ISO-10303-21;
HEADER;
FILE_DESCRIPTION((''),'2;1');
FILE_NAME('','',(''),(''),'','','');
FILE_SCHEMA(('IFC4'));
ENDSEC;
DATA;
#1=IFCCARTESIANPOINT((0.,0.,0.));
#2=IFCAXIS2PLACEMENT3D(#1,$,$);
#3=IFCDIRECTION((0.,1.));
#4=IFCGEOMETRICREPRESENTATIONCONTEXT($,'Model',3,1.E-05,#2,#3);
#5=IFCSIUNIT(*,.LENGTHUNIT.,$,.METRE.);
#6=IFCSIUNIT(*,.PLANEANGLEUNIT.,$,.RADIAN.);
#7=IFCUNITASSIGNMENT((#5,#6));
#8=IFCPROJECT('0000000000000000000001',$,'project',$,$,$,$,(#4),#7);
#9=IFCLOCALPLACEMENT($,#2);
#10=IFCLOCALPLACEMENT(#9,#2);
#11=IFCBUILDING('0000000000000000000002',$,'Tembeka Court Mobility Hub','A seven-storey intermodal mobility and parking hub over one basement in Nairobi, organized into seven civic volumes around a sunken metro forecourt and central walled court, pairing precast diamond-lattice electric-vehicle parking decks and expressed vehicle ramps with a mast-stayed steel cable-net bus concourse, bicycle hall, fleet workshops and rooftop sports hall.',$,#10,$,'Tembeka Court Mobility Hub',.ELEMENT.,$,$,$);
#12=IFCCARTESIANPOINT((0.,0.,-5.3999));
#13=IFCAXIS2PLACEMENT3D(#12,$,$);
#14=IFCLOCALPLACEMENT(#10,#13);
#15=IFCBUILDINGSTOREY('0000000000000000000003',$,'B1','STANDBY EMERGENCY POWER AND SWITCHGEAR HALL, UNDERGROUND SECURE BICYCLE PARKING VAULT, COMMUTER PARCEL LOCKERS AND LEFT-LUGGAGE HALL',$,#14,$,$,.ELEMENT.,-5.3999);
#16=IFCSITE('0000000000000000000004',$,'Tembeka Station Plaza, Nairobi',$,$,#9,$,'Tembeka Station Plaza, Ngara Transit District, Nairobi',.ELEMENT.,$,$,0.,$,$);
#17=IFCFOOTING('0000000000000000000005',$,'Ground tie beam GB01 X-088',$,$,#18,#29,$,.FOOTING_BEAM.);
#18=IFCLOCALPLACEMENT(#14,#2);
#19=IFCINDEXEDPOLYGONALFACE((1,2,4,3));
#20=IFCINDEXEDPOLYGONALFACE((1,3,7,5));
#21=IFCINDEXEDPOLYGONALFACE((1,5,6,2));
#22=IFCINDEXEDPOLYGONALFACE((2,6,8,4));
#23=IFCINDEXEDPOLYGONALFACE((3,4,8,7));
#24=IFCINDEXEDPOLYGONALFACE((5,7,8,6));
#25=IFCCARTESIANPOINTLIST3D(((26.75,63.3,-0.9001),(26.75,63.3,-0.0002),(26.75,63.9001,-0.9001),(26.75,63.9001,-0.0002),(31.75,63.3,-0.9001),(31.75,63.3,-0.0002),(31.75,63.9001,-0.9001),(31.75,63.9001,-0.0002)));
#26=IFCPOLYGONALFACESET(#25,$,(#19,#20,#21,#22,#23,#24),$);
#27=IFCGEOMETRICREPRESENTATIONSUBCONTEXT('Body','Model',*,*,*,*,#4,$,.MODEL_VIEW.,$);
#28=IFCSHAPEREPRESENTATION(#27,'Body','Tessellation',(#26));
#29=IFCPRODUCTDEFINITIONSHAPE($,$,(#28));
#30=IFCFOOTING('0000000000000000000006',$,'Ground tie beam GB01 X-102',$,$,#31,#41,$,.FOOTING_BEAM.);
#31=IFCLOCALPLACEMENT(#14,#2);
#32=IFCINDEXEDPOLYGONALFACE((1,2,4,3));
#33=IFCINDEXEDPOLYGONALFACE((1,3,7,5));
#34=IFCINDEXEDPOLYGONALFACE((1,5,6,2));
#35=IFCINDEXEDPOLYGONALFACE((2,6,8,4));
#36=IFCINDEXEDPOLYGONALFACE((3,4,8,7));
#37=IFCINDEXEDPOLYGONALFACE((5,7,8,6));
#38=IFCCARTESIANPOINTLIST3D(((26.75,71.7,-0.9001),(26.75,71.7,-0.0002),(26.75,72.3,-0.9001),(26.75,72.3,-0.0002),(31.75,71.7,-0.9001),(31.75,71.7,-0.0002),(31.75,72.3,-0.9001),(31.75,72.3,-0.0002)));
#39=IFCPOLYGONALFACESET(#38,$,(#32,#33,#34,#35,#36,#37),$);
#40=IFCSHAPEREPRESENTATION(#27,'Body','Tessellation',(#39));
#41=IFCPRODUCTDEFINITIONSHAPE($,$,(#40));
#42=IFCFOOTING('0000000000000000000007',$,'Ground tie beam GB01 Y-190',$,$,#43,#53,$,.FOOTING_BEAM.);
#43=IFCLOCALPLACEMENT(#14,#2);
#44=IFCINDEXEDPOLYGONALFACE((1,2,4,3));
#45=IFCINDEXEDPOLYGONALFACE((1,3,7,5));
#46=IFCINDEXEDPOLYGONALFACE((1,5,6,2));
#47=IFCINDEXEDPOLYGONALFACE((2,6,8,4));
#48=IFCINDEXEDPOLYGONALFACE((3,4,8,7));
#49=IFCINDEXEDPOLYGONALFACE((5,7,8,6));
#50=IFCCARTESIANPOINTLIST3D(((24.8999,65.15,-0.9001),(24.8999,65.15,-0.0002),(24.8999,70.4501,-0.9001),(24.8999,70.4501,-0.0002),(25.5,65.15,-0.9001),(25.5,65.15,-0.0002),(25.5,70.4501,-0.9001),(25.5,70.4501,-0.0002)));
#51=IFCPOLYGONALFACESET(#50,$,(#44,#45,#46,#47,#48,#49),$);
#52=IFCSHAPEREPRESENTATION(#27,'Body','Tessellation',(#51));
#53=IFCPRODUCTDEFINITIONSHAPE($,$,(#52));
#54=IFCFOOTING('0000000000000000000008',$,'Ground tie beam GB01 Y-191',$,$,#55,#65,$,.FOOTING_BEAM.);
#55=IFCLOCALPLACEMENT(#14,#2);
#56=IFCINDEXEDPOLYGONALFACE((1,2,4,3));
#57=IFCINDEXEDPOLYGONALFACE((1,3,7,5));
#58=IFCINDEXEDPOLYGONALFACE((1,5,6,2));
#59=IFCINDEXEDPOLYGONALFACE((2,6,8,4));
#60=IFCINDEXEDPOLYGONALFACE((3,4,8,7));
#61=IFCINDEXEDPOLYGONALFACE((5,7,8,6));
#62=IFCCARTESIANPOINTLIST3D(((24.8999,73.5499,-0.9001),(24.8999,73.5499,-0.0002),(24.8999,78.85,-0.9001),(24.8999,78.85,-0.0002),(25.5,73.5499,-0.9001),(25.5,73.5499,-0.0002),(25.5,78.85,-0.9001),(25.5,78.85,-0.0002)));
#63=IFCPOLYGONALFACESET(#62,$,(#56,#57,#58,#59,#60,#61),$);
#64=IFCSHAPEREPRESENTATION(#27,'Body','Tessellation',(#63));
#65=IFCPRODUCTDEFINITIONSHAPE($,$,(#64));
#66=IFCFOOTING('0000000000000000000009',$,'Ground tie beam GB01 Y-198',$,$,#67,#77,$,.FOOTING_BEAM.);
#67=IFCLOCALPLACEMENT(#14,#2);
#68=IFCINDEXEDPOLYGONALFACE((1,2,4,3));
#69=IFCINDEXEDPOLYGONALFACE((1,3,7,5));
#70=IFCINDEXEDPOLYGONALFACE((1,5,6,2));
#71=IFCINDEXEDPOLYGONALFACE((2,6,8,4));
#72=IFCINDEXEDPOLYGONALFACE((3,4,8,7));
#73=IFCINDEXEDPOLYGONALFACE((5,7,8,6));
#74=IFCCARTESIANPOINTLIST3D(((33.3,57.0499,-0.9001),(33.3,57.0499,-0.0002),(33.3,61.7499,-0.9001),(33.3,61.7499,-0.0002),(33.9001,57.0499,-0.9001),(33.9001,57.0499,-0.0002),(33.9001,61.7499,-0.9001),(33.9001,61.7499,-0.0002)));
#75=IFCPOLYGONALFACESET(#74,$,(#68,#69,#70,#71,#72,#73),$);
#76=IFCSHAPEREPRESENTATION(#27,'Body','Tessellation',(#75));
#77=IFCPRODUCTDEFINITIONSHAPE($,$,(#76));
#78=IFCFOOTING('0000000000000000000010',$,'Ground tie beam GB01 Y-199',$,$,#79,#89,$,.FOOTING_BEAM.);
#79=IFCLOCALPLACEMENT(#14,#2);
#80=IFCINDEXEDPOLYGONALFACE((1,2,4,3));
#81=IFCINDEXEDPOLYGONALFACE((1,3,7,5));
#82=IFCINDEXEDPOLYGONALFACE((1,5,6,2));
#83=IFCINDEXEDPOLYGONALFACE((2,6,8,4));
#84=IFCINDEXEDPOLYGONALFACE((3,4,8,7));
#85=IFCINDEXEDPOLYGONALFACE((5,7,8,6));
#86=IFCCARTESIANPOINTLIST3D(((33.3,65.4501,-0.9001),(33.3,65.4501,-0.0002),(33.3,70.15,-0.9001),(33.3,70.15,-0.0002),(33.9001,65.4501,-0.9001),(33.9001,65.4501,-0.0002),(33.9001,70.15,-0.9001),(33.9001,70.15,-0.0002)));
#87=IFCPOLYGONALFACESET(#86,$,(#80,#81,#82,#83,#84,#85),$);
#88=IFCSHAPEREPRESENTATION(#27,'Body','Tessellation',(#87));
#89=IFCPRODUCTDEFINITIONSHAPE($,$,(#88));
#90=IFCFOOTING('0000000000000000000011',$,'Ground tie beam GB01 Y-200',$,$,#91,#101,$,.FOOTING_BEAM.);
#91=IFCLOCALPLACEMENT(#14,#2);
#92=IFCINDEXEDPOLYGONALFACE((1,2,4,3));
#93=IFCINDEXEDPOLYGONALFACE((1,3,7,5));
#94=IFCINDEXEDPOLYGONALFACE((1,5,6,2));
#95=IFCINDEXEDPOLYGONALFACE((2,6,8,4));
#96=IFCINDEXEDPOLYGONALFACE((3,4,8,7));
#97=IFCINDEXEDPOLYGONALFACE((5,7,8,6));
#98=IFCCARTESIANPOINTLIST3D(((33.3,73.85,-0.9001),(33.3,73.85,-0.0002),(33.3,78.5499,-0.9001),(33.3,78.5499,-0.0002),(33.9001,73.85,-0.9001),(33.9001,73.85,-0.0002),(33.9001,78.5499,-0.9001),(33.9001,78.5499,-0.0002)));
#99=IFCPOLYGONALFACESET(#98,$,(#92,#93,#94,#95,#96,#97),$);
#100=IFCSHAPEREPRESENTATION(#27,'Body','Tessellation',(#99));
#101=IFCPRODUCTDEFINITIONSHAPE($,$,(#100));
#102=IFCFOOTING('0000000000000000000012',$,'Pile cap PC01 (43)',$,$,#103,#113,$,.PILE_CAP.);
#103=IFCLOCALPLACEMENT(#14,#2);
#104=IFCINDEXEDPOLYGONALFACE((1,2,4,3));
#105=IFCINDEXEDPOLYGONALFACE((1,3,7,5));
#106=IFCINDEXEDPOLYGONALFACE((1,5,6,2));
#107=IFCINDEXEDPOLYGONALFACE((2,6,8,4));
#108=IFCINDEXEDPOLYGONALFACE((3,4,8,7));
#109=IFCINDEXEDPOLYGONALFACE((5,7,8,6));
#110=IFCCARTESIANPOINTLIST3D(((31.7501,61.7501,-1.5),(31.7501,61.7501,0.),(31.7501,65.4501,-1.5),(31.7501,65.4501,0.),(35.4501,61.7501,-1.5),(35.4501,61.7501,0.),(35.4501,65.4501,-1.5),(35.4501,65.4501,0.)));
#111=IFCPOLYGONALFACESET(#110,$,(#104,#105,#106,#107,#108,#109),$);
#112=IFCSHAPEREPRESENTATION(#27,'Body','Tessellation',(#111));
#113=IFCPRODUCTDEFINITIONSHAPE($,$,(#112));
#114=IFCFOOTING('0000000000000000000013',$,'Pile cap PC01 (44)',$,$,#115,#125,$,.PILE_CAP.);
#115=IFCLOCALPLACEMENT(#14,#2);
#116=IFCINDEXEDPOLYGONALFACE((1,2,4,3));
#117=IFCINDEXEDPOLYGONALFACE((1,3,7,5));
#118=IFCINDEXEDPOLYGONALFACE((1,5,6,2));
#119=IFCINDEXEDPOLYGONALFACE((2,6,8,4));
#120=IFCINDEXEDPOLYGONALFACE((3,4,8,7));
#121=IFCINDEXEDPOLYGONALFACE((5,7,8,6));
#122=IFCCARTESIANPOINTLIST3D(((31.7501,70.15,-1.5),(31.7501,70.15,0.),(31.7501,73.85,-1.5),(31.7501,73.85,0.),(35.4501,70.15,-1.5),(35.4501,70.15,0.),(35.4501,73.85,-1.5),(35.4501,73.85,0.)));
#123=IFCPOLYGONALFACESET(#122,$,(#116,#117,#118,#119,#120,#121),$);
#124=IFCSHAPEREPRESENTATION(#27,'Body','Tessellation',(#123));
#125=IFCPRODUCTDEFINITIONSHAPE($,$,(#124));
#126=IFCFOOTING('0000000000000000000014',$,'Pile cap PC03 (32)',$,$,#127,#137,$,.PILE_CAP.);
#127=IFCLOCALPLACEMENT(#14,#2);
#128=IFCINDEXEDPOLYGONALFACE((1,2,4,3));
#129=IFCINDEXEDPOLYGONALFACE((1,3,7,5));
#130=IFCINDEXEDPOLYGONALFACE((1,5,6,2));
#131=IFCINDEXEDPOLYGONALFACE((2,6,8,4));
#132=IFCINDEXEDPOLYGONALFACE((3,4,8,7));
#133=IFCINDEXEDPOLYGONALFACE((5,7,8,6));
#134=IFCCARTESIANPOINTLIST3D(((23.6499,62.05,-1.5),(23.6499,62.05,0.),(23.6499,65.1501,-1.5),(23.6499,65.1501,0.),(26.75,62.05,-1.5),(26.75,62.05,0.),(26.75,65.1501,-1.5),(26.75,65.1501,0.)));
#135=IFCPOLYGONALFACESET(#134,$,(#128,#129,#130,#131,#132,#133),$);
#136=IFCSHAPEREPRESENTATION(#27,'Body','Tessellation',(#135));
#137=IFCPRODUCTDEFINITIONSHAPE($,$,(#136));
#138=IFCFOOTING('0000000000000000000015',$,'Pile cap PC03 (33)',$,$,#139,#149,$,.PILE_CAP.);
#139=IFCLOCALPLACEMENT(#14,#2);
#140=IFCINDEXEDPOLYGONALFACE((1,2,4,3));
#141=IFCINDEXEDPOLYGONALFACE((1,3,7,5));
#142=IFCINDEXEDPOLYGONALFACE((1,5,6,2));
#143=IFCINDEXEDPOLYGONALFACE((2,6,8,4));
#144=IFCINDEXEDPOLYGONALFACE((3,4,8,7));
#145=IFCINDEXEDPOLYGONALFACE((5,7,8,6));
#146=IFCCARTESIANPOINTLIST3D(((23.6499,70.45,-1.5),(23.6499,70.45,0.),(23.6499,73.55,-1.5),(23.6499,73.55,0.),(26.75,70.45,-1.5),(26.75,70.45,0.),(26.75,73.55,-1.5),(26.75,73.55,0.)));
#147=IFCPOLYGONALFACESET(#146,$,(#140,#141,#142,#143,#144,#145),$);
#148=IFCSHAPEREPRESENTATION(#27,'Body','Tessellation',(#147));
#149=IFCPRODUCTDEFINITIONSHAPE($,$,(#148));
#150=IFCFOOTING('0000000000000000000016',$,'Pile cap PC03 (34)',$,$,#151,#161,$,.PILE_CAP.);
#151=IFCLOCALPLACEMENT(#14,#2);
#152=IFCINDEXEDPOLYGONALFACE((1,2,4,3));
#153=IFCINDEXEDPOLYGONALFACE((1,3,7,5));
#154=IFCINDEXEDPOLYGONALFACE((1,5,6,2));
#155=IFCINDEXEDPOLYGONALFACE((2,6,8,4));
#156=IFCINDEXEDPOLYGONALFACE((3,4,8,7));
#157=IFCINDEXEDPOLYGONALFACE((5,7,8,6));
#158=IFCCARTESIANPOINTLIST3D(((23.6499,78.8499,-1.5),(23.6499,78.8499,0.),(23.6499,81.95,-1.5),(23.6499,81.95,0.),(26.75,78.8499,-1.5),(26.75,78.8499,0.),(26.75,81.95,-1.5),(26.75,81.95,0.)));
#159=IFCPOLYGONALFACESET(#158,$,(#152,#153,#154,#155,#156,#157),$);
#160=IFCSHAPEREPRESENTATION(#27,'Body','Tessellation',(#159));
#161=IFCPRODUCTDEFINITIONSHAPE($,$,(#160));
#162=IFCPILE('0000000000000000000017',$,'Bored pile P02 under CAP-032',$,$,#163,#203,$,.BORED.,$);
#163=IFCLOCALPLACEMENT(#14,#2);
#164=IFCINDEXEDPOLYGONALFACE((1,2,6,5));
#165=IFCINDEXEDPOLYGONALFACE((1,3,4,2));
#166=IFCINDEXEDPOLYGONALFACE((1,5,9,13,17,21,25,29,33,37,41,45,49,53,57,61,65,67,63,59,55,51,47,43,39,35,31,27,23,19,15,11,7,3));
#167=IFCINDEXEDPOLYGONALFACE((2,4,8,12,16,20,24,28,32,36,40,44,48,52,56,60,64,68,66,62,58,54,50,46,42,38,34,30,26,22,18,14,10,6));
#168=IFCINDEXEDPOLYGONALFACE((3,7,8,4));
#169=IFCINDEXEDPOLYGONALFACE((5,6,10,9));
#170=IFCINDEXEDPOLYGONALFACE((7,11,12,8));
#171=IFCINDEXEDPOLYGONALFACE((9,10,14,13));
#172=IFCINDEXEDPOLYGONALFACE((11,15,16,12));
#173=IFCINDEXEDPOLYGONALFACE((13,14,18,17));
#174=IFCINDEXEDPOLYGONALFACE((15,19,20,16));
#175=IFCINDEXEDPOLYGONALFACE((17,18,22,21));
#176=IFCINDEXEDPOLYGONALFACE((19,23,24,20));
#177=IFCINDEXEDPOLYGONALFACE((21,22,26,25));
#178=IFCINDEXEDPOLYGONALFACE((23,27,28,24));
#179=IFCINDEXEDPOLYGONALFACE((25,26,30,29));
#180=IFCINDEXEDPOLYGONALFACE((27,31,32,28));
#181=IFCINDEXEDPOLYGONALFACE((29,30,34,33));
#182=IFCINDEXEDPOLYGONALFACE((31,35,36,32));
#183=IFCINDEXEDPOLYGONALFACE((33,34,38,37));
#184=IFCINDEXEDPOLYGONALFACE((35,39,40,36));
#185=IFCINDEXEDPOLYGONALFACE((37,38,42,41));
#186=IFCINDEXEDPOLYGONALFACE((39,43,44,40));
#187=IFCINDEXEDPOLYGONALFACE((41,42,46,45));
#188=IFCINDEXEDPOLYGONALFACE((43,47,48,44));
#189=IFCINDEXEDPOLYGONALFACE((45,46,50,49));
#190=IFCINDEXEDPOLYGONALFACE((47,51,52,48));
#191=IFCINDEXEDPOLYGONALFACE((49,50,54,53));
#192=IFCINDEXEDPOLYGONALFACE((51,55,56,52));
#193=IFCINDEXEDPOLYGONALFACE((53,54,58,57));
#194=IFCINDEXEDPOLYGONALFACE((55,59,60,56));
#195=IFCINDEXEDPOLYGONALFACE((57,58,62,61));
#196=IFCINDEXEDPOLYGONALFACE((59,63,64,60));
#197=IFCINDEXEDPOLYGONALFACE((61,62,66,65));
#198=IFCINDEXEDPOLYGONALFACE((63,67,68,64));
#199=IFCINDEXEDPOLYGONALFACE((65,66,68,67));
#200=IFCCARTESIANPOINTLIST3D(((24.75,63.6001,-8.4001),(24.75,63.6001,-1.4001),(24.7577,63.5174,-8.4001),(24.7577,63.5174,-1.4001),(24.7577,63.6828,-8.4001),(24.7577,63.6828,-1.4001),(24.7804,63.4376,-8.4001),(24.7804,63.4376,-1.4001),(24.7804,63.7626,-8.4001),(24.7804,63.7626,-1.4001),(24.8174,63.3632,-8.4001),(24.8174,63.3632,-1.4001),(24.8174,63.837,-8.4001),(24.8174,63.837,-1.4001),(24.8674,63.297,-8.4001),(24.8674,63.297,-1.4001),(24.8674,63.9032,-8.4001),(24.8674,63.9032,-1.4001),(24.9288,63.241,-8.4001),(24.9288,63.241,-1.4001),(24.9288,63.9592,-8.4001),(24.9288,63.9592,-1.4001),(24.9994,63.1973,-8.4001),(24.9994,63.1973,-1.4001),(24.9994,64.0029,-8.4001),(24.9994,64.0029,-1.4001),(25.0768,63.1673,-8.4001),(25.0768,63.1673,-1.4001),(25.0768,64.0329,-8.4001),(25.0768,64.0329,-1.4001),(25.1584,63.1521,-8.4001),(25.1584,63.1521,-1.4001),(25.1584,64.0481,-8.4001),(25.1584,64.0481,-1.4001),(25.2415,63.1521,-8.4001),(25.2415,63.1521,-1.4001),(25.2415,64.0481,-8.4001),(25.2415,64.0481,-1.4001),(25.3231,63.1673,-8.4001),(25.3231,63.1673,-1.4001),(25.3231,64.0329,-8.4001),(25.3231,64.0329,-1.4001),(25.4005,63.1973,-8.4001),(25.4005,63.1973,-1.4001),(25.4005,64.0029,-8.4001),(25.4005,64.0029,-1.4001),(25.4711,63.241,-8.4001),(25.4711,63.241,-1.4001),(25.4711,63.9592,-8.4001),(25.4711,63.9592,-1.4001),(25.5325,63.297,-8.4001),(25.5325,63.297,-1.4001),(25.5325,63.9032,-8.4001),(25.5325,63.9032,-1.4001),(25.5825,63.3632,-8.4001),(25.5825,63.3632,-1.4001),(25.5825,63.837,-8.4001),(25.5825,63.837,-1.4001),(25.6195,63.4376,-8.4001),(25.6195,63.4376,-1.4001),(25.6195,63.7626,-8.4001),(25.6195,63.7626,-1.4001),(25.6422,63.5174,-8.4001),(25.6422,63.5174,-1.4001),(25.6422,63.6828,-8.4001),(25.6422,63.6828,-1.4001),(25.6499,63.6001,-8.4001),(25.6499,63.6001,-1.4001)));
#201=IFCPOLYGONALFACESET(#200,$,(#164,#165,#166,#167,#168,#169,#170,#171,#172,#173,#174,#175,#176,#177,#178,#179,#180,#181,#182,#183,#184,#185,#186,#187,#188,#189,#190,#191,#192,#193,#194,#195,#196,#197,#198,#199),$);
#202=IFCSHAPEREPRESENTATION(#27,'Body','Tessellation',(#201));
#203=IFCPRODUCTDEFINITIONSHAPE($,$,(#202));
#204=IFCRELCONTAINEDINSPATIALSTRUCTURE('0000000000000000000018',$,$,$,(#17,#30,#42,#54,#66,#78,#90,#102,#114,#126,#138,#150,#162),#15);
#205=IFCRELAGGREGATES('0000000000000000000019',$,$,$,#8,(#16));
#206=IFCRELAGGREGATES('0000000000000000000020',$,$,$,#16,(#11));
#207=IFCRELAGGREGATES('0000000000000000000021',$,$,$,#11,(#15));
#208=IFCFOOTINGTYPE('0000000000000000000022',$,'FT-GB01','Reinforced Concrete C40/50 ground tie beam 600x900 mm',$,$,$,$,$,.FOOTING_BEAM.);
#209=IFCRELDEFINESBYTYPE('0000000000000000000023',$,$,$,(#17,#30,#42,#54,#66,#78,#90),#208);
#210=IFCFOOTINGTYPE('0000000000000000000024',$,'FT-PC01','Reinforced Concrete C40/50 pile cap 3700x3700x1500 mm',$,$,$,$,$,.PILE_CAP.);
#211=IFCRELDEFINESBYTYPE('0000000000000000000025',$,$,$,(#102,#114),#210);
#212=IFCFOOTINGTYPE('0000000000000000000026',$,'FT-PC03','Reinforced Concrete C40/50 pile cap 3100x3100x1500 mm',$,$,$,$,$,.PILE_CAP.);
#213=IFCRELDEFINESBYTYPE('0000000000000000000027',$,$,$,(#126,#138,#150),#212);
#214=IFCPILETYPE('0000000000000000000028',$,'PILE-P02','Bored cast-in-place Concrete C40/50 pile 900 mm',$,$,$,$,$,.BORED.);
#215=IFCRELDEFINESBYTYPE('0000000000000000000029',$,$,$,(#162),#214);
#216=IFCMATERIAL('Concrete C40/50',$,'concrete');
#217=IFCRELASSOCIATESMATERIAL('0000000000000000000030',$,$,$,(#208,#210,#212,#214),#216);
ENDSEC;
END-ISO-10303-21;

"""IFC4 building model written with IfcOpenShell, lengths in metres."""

from ifc_helpers import new_model, si_unit, direction, frame, origin, origin_2d, place, context, subcontext, project, spatial, rectangle, circle, extrude, material, material_profile, profile_set, type_object, element, save


model = new_model("IFC4")

# Units and contexts
model_context = context("Model", 3, precision=1e-05, world=origin(), true_north=direction((0.0, 1.0)))
body_context = subcontext(model_context, "Body", "Model", "MODEL_VIEW")
ifc_project = project(units=[si_unit("LENGTHUNIT", "METRE"), si_unit("PLANEANGLEUNIT", "RADIAN")], contexts=[model_context])

# Site, building, storey
site_placement = place(None, origin())
site = spatial("IfcSite", under=ifc_project, at=site_placement, Name="Tembeka Station Plaza, Nairobi", LongName="Tembeka Station Plaza, Ngara Transit District, Nairobi", CompositionType="ELEMENT", RefElevation=0.0)
building_placement = place(site_placement, origin())
building = spatial("IfcBuilding", under=site, at=building_placement, Name="Tembeka Court Mobility Hub", Description="A seven-storey intermodal mobility and parking hub over one basement in Nairobi, organized into seven civic volumes around a sunken metro forecourt and central walled court, pairing precast diamond-lattice electric-vehicle parking decks and expressed vehicle ramps with a mast-stayed steel cable-net bus concourse, bicycle hall, fleet workshops and rooftop sports hall.", LongName="Tembeka Court Mobility Hub", CompositionType="ELEMENT")
storey_placement = place(building_placement, frame((0.0, 0.0, -5.3999)))
storey = spatial("IfcBuildingStorey", under=building, at=storey_placement, Name="B1", Description="STANDBY EMERGENCY POWER AND SWITCHGEAR HALL, UNDERGROUND SECURE BICYCLE PARKING VAULT, COMMUTER PARCEL LOCKERS AND LEFT-LUGGAGE HALL", CompositionType="ELEMENT", Elevation=-5.3999)

# Footings
ifc_material_1 = material(Name="Concrete C40/50", Category="concrete")
footing_type_1 = type_object("IfcFootingType", Name="FT-GB01", Description="Reinforced Concrete C40/50 ground tie beam 600x900 mm", PredefinedType="FOOTING_BEAM", material=ifc_material_1)
for number, where, z_axis, x_axis, name in (
    (1, (29.25, 63.6001, -0.9001), (0.0, 0.0, 1.0), (1.0, 0.0, 0.0), "Ground tie beam GB01 X-088"),
    (2, (29.25, 72.0, -0.9001), (0.0, 0.0, 1.0), (1.0, 0.0, 0.0), "Ground tie beam GB01 X-102"),
):
    element("IfcFooting", number, at=place(storey_placement, frame(where, z_axis=z_axis, x_axis=x_axis)), inside=storey, type_object=footing_type_1, Name=name, PredefinedType="FOOTING_BEAM", context=body_context, shape_type="SweptSolid", body=[
        extrude(rectangle(XDim=5.0, YDim=0.6001, at=origin_2d()), origin(), (0.0, 0.0, 1.0), 0.8999),
    ])
for number, where, z_axis, x_axis, name in (
    (3, (25.2, 67.8, -0.9001), (0.0, 0.0, 1.0), (0.0, 1.0, 0.0), "Ground tie beam GB01 Y-190"),
    (4, (25.2, 76.2, -0.9001), (0.0, 0.0, 1.0), (0.0, 1.0, 0.0), "Ground tie beam GB01 Y-191"),
):
    element("IfcFooting", number, at=place(storey_placement, frame(where, z_axis=z_axis, x_axis=x_axis)), inside=storey, type_object=footing_type_1, Name=name, PredefinedType="FOOTING_BEAM", context=body_context, shape_type="SweptSolid", body=[
        extrude(rectangle(XDim=5.3, YDim=0.6001, at=origin_2d()), origin(), (0.0, 0.0, 1.0), 0.8999),
    ])
for number, where, z_axis, x_axis, name in (
    (5, (33.6001, 59.3999, -0.9001), (0.0, 0.0, 1.0), (0.0, 1.0, 0.0), "Ground tie beam GB01 Y-198"),
    (6, (33.6001, 67.8, -0.9001), (0.0, 0.0, 1.0), (0.0, 1.0, 0.0), "Ground tie beam GB01 Y-199"),
    (7, (33.6001, 76.2, -0.9001), (0.0, 0.0, 1.0), (0.0, 1.0, 0.0), "Ground tie beam GB01 Y-200"),
):
    element("IfcFooting", number, at=place(storey_placement, frame(where, z_axis=z_axis, x_axis=x_axis)), inside=storey, type_object=footing_type_1, Name=name, PredefinedType="FOOTING_BEAM", context=body_context, shape_type="SweptSolid", body=[
        extrude(rectangle(XDim=4.7, YDim=0.6001, at=origin_2d()), origin(), (0.0, 0.0, 1.0), 0.8999),
    ])
footing_type_2 = type_object("IfcFootingType", Name="FT-PC01", Description="Reinforced Concrete C40/50 pile cap 3700x3700x1500 mm", PredefinedType="PILE_CAP", material=ifc_material_1)
for number, where, z_axis, x_axis, name in (
    (8, (33.6001, 63.6001, -1.5), (0.0, 0.0, 1.0), (1.0, 0.0, 0.0), "Pile cap PC01 (43)"),
    (9, (33.6001, 72.0, -1.5), (0.0, 0.0, 1.0), (1.0, 0.0, 0.0), "Pile cap PC01 (44)"),
):
    element("IfcFooting", number, at=place(storey_placement, frame(where, z_axis=z_axis, x_axis=x_axis)), inside=storey, type_object=footing_type_2, Name=name, PredefinedType="PILE_CAP", context=body_context, shape_type="SweptSolid", body=[
        extrude(rectangle(XDim=3.7, YDim=3.7, at=origin_2d()), origin(), (0.0, 0.0, 1.0), 1.5),
    ])
footing_type_3 = type_object("IfcFootingType", Name="FT-PC03", Description="Reinforced Concrete C40/50 pile cap 3100x3100x1500 mm", PredefinedType="PILE_CAP", material=ifc_material_1)
for number, where, z_axis, x_axis, name in (
    (10, (25.2, 63.6001, -1.5), (0.0, 0.0, 1.0), (1.0, 0.0, 0.0), "Pile cap PC03 (32)"),
    (11, (25.2, 72.0, -1.5), (0.0, 0.0, 1.0), (1.0, 0.0, 0.0), "Pile cap PC03 (33)"),
    (12, (25.2, 80.3999, -1.5), (0.0, 0.0, 1.0), (1.0, 0.0, 0.0), "Pile cap PC03 (34)"),
):
    element("IfcFooting", number, at=place(storey_placement, frame(where, z_axis=z_axis, x_axis=x_axis)), inside=storey, type_object=footing_type_3, Name=name, PredefinedType="PILE_CAP", context=body_context, shape_type="SweptSolid", body=[
        extrude(rectangle(XDim=3.1001, YDim=3.1001, at=origin_2d()), origin(), (0.0, 0.0, 1.0), 1.5),
    ])

# Pile
ifc_material_profile_1 = material_profile(ifc_material_1, circle(Radius=0.45, at=origin_2d()), Name="PILE D900")
ifc_profile_set_1 = profile_set([ifc_material_profile_1], Name="Concrete C40/50")
pile_type = type_object("IfcPileType", Name="PILE-P02", Description="Bored cast-in-place Concrete C40/50 pile 900 mm", PredefinedType="BORED", material=ifc_profile_set_1)
for number, where, z_axis, x_axis, name in (
    (13, (25.2, 63.6001, -1.4001), (0.0, 0.0, -1.0), (1.0, 0.0, 0.0), "Bored pile P02 under CAP-032"),
):
    element("IfcPile", number, at=place(storey_placement, frame(where, z_axis=z_axis, x_axis=x_axis)), inside=storey, type_object=pile_type, Name=name, PredefinedType="BORED", context=body_context, shape_type="SweptSolid", body=[
        extrude(circle(Radius=0.45, at=origin_2d()), origin(), (0.0, 0.0, 1.0), 7.0),
    ])

save(model, "model.ifc")
